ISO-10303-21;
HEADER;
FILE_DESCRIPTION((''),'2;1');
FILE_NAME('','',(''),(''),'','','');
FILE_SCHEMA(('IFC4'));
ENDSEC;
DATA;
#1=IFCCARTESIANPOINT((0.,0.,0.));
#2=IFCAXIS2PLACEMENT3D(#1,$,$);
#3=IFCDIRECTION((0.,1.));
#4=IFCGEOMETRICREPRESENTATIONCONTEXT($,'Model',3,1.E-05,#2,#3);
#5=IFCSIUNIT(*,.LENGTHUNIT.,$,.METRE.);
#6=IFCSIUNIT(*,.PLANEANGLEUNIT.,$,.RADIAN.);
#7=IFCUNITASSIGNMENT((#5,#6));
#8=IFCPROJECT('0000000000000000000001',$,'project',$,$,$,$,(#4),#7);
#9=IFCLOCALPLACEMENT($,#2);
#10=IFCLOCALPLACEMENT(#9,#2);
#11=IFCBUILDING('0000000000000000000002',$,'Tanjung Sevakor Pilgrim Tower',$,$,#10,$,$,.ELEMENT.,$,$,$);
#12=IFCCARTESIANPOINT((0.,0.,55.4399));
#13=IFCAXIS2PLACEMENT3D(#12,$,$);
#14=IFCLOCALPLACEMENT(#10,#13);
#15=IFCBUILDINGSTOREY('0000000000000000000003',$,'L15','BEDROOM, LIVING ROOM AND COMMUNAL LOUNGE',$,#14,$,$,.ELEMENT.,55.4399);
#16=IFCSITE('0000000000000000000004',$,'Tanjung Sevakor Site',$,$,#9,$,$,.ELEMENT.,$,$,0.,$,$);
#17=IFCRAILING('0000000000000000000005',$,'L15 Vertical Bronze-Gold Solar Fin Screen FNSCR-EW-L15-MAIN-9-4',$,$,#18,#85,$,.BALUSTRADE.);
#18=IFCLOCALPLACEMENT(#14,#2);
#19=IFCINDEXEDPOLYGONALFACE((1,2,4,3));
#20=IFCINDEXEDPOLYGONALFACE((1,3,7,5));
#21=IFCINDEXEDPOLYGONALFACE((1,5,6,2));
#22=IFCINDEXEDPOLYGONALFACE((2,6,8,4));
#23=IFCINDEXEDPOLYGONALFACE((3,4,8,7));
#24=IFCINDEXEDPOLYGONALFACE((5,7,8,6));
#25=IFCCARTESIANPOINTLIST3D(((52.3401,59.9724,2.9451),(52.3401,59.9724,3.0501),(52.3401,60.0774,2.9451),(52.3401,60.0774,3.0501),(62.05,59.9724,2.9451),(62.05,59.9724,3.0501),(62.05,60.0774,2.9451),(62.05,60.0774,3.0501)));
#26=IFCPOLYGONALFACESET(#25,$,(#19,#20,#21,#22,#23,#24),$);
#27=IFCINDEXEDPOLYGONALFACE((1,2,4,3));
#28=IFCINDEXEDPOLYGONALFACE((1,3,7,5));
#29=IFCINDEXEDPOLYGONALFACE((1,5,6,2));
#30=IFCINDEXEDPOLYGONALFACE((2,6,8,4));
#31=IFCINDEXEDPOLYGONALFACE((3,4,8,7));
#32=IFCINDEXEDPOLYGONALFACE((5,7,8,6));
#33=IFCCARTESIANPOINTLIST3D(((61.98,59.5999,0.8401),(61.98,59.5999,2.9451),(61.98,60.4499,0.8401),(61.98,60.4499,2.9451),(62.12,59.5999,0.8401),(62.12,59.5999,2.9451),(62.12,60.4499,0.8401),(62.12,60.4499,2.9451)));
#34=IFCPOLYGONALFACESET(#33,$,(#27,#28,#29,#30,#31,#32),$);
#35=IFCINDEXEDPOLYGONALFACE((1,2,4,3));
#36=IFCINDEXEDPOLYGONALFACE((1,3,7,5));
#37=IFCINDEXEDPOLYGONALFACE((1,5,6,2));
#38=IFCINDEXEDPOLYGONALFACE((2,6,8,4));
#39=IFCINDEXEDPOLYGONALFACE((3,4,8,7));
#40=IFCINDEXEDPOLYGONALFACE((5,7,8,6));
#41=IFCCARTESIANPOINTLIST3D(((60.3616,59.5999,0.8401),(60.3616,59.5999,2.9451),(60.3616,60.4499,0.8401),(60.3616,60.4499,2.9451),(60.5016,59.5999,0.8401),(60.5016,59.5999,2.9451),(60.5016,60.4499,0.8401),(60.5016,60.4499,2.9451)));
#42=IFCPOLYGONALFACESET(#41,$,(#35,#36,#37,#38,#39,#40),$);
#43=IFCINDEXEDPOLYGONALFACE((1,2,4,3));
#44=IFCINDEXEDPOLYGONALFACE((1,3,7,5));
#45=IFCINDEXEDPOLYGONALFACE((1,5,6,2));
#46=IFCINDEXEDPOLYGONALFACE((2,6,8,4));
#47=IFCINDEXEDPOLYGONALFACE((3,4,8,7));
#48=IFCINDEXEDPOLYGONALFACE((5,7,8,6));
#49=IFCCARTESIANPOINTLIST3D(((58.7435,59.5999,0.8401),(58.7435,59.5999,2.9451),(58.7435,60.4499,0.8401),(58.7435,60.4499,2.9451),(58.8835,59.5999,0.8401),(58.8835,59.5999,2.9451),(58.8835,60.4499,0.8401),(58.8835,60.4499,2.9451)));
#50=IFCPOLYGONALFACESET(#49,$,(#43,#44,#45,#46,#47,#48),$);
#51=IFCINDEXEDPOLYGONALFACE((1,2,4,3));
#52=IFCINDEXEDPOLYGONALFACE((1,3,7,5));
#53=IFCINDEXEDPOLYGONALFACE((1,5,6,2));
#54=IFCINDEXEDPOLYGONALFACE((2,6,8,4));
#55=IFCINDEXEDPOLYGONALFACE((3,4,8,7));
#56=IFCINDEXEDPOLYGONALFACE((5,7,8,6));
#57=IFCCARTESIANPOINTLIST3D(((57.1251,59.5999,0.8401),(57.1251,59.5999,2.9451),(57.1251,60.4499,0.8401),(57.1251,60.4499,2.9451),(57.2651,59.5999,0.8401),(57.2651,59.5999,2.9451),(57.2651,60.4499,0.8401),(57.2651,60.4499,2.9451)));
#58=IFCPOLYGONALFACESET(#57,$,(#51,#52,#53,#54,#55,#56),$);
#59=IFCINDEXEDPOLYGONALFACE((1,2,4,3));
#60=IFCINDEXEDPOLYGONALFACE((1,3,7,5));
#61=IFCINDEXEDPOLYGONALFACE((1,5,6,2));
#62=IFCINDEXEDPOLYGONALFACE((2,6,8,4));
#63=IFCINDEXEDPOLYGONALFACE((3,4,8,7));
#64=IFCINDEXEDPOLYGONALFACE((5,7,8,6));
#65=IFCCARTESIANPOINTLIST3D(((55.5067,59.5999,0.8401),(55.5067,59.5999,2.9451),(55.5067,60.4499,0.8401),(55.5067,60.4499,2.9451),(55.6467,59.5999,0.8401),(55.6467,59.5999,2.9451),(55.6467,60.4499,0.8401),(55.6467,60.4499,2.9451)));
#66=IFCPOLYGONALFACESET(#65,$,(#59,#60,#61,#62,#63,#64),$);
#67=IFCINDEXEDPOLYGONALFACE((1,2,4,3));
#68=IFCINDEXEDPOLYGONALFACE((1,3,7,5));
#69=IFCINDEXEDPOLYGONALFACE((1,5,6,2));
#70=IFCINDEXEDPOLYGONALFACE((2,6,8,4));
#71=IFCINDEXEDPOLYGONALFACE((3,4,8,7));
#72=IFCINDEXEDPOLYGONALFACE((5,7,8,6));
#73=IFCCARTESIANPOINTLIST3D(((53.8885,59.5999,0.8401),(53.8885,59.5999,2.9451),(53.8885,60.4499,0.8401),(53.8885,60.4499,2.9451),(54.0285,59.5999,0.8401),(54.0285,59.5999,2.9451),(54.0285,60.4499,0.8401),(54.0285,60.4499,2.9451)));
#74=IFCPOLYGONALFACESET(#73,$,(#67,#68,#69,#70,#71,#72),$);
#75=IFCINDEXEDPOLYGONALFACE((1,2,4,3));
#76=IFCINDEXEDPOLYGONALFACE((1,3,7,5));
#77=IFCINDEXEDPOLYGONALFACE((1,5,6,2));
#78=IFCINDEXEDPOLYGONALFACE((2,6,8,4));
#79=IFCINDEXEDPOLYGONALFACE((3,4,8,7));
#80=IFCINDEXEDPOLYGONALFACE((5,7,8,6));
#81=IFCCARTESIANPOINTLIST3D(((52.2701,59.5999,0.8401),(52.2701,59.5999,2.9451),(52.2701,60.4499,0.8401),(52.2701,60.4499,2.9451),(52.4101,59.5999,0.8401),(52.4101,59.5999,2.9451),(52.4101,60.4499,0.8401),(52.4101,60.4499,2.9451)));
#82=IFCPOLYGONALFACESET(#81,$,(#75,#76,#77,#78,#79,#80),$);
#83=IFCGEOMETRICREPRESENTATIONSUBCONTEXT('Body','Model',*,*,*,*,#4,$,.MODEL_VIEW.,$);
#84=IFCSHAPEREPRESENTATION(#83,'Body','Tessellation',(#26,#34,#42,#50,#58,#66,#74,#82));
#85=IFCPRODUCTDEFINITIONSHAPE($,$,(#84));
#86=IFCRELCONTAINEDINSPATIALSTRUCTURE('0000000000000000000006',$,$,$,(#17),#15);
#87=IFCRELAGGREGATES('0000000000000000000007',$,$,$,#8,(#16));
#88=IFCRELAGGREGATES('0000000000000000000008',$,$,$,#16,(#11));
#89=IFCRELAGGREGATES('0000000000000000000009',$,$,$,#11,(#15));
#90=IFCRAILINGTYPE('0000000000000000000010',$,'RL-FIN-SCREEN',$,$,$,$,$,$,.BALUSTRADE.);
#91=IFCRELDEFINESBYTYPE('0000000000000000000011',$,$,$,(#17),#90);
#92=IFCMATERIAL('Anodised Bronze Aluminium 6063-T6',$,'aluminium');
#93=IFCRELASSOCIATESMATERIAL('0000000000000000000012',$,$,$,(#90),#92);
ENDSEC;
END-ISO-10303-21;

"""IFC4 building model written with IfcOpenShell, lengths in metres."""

from ifc_helpers import new_model, si_unit, direction, frame, origin, place, context, subcontext, project, spatial, rectangle, extrude, material, type_object, element, save


model = new_model("IFC4")

# Units and contexts
model_context = context("Model", 3, precision=1e-05, world=origin(), true_north=direction((0.0, 1.0)))
body_context = subcontext(model_context, "Body", "Model", "MODEL_VIEW")
ifc_project = project(units=[si_unit("LENGTHUNIT", "METRE"), si_unit("PLANEANGLEUNIT", "RADIAN")], contexts=[model_context])

# Site, building, storey
site_placement = place(None, origin())
site = spatial("IfcSite", under=ifc_project, at=site_placement, Name="Tanjung Sevakor Site", CompositionType="ELEMENT", RefElevation=0.0)
building_placement = place(site_placement, origin())
building = spatial("IfcBuilding", under=site, at=building_placement, Name="Tanjung Sevakor Pilgrim Tower", CompositionType="ELEMENT")
storey_placement = place(building_placement, frame((0.0, 0.0, 55.4399)))
storey = spatial("IfcBuildingStorey", under=building, at=storey_placement, Name="L15", Description="BEDROOM, LIVING ROOM AND COMMUNAL LOUNGE", CompositionType="ELEMENT", Elevation=55.4399)

# Railing
ifc_material_1 = material(Name="Anodised Bronze Aluminium 6063-T6", Category="aluminium")
railing_type_1 = type_object("IfcRailingType", Name="RL-FIN-SCREEN", PredefinedType="BALUSTRADE", material=ifc_material_1)
railing_1_placement = place(storey_placement, frame((62.05, 60.0249, 0.8401)))
element("IfcRailing", 1, at=railing_1_placement, inside=storey, type_object=railing_type_1, Name="L15 Vertical Bronze-Gold Solar Fin Screen FNSCR-EW-L15-MAIN-9-4", PredefinedType="BALUSTRADE", context=body_context, shape_type="SweptSolid", body=[
    extrude(rectangle(XDim=0.105, YDim=0.105), frame((0.0, 0.0, 2.1575), z_axis=(-1.0, 0.0, 0.0), x_axis=(0.0, -1.0, 0.0)), (0.0, 0.0, 1.0), 9.71),
    extrude(rectangle(XDim=0.14, YDim=0.85), origin(), (0.0, 0.0, 1.0), 2.105),
    extrude(rectangle(XDim=0.14, YDim=0.85), frame((-1.6184, 0.0, 0.0)), (0.0, 0.0, 1.0), 2.105),
    extrude(rectangle(XDim=0.14, YDim=0.85), frame((-3.2366, 0.0, 0.0)), (0.0, 0.0, 1.0), 2.105),
    extrude(rectangle(XDim=0.14, YDim=0.85), frame((-4.855, 0.0, 0.0)), (0.0, 0.0, 1.0), 2.105),
    extrude(rectangle(XDim=0.14, YDim=0.85), frame((-6.4734, 0.0, 0.0)), (0.0, 0.0, 1.0), 2.105),
    extrude(rectangle(XDim=0.14, YDim=0.85), frame((-8.0916, 0.0, 0.0)), (0.0, 0.0, 1.0), 2.105),
    extrude(rectangle(XDim=0.14, YDim=0.85), frame((-9.71, 0.0, 0.0)), (0.0, 0.0, 1.0), 2.105),
])

save(model, "model.ifc")
